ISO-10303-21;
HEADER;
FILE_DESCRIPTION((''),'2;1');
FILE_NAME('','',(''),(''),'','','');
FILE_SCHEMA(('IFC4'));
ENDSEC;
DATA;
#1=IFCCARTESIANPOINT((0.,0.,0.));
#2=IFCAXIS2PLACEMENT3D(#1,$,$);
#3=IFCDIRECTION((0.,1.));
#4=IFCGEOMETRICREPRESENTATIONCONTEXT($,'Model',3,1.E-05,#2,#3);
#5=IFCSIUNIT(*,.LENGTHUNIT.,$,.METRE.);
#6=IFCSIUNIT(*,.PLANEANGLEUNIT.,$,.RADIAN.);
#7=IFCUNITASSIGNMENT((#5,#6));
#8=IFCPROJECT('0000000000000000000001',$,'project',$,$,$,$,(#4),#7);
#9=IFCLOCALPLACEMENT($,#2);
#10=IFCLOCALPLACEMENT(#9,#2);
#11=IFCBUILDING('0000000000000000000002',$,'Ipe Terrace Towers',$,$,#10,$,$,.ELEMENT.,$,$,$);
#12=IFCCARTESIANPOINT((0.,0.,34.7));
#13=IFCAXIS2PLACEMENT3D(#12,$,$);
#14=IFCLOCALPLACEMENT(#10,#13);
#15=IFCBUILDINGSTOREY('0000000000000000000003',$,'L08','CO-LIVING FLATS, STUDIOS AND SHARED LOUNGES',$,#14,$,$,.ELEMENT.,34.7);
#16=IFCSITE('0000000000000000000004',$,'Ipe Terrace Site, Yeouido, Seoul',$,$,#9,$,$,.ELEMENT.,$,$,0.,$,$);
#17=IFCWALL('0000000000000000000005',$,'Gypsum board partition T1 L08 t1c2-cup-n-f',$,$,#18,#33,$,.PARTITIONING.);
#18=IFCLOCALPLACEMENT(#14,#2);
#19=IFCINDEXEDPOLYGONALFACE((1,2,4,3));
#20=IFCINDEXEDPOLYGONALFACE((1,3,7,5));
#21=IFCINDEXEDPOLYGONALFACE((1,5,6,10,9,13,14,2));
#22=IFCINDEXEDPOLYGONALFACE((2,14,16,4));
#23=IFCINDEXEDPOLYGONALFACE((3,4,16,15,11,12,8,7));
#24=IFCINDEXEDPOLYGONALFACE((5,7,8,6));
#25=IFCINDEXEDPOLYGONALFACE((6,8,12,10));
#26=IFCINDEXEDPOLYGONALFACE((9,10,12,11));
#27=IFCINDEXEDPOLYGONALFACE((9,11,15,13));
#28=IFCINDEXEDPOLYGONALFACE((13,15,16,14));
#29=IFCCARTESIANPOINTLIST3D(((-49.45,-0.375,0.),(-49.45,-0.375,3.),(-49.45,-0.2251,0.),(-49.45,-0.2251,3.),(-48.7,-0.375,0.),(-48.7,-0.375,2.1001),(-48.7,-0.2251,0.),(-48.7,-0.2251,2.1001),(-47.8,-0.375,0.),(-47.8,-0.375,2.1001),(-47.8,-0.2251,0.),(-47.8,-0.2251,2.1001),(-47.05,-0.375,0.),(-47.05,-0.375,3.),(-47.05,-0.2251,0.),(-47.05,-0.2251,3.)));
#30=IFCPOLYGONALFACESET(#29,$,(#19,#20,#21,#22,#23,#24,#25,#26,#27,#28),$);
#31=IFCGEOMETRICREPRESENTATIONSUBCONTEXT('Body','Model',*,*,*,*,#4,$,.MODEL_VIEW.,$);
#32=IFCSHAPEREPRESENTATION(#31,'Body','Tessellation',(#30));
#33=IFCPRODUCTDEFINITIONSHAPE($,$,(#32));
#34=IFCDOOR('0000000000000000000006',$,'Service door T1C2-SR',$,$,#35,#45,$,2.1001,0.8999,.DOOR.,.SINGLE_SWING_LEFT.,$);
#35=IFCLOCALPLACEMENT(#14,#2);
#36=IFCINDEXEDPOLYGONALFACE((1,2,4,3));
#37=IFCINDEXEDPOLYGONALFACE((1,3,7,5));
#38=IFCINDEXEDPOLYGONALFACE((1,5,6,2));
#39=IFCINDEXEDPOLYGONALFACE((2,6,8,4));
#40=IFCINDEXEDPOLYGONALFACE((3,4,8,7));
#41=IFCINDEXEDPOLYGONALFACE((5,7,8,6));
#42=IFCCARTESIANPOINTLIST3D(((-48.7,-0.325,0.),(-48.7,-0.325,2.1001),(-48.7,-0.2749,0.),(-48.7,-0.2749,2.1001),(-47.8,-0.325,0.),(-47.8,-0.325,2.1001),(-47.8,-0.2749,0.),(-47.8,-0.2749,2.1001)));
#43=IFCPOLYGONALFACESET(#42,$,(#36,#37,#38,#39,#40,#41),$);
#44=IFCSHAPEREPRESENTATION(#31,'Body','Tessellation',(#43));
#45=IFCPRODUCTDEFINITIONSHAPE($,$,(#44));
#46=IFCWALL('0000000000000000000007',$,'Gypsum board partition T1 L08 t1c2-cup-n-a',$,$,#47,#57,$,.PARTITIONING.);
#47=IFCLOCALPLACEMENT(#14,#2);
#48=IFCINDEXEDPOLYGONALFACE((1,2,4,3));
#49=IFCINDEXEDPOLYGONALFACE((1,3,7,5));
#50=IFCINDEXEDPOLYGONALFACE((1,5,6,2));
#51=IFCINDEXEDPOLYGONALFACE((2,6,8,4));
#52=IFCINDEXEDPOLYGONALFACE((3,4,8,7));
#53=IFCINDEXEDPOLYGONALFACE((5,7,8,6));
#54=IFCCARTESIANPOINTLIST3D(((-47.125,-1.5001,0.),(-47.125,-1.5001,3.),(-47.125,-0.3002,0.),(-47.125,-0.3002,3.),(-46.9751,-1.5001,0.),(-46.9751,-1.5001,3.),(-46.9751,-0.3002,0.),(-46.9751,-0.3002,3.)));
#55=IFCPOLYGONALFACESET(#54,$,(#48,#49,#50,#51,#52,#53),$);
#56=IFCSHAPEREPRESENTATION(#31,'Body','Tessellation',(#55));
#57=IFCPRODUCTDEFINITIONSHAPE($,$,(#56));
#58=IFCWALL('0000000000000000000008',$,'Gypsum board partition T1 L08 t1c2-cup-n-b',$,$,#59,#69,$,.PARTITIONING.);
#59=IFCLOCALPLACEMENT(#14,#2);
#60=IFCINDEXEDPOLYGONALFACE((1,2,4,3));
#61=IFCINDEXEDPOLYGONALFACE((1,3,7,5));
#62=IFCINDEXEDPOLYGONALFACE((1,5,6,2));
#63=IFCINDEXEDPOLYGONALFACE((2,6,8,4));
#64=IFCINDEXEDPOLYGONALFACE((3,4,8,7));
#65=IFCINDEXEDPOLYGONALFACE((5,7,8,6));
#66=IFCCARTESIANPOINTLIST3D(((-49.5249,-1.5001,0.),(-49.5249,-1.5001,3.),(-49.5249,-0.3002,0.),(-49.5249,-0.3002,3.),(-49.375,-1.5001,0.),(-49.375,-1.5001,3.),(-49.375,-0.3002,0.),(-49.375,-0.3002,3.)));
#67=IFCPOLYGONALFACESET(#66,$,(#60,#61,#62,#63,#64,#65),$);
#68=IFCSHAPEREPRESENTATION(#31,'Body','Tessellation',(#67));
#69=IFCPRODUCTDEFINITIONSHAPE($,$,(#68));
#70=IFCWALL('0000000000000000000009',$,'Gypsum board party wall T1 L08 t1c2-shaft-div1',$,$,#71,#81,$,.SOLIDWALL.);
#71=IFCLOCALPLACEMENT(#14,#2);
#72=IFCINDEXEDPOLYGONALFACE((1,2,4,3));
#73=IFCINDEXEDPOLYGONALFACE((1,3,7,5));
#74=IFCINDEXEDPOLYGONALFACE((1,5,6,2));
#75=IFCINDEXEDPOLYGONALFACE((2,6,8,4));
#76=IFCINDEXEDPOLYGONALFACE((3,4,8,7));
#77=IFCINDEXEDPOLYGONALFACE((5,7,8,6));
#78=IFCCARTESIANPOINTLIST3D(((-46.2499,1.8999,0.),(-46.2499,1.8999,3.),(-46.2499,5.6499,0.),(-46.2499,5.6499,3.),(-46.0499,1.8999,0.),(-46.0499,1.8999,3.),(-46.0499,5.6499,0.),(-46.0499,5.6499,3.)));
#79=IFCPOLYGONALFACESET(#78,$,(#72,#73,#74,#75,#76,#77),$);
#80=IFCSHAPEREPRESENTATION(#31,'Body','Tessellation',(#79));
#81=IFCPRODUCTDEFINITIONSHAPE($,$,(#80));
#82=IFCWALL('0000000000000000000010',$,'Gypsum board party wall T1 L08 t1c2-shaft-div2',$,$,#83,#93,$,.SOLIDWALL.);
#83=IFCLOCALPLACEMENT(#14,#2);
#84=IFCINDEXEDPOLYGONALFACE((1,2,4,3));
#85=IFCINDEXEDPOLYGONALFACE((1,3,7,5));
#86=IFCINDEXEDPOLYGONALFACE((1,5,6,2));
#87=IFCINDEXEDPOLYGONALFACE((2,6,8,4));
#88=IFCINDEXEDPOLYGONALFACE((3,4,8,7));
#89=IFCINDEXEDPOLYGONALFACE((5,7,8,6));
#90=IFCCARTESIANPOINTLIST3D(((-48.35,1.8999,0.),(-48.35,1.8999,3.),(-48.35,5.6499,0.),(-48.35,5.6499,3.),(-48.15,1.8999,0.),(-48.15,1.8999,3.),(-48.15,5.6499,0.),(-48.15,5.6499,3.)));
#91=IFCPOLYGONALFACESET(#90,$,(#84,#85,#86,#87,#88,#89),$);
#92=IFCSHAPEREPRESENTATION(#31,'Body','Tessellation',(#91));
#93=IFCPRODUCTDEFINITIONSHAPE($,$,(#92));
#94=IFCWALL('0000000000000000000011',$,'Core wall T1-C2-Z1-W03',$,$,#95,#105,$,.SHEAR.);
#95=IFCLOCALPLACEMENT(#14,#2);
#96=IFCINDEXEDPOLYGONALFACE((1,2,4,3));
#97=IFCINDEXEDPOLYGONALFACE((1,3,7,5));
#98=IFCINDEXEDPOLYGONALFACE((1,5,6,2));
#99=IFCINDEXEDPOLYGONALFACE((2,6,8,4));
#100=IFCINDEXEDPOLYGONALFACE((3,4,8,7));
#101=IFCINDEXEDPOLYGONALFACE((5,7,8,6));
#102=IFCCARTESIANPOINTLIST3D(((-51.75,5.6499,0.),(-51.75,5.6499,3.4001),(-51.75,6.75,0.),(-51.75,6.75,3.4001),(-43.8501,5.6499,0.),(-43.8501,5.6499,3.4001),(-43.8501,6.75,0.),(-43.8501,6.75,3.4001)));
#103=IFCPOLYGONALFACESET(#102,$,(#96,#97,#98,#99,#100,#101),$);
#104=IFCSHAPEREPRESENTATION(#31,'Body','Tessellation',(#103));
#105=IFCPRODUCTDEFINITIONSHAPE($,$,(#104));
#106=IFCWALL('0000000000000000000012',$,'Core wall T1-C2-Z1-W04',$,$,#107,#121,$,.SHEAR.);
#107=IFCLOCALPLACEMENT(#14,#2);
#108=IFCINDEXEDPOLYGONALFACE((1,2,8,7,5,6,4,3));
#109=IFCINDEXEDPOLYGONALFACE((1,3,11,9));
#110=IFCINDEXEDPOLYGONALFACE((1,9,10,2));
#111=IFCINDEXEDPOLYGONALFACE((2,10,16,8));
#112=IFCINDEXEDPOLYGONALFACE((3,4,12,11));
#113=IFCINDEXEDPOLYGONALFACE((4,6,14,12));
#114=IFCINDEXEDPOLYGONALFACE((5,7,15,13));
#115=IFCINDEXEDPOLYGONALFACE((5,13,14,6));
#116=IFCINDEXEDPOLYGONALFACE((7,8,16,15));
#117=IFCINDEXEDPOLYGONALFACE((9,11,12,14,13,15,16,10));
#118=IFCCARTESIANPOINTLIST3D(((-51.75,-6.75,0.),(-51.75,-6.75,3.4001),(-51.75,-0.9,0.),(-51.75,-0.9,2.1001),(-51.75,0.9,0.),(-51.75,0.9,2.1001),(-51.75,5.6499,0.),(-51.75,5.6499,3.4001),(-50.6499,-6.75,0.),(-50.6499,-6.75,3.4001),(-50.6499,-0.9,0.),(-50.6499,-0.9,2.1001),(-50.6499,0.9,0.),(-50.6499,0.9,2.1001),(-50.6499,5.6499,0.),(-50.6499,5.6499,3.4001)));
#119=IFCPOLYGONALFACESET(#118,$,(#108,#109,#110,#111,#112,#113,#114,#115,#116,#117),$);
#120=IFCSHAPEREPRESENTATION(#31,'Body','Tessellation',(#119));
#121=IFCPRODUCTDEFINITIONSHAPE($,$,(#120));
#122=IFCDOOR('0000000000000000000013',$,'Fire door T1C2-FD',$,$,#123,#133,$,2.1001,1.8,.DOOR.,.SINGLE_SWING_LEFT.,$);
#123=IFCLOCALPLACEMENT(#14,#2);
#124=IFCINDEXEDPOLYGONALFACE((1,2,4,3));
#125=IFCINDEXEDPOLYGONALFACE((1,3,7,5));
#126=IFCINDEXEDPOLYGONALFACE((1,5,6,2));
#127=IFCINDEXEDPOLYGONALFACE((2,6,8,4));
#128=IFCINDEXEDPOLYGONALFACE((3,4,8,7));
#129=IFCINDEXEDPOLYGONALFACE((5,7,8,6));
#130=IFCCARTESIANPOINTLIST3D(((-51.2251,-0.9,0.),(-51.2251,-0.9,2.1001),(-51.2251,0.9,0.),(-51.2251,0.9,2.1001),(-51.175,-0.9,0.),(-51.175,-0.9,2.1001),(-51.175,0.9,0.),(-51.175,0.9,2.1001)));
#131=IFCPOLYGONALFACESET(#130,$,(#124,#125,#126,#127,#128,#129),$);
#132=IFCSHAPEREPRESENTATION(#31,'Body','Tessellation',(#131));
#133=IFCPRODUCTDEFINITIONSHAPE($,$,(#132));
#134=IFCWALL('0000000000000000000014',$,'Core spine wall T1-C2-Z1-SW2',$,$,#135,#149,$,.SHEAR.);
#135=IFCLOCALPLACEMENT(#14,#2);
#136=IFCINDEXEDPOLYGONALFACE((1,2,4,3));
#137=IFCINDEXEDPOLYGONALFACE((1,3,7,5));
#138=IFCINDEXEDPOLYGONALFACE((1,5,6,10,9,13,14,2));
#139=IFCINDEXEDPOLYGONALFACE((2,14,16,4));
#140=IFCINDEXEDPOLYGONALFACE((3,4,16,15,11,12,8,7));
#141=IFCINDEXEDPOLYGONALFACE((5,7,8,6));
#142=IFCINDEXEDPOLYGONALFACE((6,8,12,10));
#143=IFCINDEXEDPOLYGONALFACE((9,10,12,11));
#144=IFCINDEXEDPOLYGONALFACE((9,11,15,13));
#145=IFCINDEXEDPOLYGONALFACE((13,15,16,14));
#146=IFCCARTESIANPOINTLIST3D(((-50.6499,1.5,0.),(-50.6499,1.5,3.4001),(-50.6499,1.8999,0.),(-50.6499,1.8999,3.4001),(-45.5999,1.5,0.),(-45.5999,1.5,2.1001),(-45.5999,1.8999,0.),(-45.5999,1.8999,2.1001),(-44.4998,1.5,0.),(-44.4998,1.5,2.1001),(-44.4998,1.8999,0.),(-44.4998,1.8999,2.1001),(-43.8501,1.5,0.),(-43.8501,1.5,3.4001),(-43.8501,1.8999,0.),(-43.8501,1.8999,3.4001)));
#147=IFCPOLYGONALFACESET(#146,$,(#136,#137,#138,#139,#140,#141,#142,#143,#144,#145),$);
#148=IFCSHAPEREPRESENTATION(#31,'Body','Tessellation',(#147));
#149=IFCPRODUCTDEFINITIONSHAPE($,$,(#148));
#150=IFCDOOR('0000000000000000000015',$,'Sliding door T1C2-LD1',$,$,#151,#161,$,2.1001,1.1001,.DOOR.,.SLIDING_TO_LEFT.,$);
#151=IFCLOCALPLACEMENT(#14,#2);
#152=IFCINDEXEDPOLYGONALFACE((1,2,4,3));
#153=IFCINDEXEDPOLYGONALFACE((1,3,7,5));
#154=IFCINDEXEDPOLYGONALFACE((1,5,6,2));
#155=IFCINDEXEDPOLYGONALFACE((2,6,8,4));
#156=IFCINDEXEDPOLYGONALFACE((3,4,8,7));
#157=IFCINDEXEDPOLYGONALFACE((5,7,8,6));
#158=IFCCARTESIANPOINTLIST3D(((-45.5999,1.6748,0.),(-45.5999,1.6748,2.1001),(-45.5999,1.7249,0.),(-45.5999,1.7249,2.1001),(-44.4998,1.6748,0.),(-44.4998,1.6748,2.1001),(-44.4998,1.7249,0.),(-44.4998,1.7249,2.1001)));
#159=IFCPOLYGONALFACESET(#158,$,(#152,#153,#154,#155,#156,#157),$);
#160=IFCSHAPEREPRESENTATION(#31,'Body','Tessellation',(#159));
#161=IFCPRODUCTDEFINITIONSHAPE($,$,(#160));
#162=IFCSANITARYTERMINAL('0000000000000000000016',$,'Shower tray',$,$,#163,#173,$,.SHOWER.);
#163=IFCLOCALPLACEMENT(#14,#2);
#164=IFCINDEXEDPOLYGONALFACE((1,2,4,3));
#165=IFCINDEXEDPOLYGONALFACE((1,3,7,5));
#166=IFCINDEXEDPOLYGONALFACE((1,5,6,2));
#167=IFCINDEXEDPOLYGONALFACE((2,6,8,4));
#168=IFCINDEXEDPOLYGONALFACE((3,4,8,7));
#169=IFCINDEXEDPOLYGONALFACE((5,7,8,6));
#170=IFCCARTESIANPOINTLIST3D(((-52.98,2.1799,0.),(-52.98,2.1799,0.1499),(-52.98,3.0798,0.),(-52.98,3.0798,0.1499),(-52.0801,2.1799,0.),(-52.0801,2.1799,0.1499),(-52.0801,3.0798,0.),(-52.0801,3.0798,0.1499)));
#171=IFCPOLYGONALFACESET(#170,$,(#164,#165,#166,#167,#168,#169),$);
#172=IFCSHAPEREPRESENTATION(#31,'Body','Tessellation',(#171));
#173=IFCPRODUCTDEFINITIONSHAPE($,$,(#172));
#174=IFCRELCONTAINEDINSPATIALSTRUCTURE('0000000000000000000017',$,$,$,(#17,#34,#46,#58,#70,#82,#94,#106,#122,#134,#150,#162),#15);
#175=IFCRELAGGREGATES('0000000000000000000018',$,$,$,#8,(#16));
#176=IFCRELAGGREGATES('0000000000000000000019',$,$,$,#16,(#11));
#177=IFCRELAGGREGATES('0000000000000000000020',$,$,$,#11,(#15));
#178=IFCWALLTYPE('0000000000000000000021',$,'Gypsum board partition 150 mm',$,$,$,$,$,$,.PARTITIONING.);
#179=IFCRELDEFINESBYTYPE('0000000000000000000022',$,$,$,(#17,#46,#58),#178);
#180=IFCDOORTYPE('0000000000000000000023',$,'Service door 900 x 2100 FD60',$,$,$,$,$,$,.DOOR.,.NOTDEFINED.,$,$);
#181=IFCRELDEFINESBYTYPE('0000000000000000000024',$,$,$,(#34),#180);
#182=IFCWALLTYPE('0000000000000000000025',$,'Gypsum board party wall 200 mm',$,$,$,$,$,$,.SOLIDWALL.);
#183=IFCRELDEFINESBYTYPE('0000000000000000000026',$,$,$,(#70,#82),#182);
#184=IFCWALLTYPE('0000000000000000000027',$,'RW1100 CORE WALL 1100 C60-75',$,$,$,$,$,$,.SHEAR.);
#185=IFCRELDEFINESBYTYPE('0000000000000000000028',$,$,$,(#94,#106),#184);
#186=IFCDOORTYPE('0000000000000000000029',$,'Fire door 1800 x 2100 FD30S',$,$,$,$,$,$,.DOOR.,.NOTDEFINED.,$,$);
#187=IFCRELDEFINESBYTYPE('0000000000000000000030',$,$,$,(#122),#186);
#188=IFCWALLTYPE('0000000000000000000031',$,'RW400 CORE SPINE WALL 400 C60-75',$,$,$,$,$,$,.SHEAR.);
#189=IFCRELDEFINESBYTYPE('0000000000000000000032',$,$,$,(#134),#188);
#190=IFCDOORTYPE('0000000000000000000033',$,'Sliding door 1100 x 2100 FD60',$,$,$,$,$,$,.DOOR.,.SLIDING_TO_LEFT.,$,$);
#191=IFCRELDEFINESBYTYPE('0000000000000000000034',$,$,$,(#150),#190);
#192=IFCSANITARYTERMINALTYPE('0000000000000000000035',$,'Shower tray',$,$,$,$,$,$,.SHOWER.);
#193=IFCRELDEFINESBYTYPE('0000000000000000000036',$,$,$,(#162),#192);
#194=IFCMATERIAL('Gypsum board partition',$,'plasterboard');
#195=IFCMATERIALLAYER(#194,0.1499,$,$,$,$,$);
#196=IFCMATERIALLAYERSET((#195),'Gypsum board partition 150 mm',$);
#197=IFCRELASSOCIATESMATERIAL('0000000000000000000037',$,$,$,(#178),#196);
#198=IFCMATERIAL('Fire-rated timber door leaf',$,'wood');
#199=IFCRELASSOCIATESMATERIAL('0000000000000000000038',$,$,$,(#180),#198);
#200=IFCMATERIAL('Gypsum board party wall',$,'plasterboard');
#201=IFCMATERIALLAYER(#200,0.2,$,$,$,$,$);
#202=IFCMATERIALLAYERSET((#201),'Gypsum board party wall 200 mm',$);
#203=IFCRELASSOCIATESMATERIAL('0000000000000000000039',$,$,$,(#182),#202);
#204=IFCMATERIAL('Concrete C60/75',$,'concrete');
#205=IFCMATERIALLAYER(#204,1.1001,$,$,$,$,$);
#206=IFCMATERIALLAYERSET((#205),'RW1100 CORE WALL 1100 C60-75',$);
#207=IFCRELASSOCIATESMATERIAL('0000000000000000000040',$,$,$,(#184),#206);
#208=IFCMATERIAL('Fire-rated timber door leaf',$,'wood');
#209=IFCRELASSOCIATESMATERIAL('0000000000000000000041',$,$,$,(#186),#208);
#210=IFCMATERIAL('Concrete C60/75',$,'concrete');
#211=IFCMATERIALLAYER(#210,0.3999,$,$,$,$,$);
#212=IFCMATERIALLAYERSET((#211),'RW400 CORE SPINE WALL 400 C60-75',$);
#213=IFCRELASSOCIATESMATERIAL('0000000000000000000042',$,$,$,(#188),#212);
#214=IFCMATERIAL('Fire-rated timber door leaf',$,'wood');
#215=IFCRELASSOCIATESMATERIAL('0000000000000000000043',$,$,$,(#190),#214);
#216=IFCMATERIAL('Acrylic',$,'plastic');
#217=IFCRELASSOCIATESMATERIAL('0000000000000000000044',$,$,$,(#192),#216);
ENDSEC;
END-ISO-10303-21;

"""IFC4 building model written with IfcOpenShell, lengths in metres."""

from ifc_helpers import new_model, si_unit, direction, frame, frame_2d, origin, origin_2d, place, context, subcontext, project, spatial, rectangle, extrude, material, layer, layer_set, type_object, element, fill, save


model = new_model("IFC4")

# Units and contexts
model_context = context("Model", 3, precision=1e-05, world=origin(), true_north=direction((0.0, 1.0)))
body_context = subcontext(model_context, "Body", "Model", "MODEL_VIEW")
ifc_project = project(units=[si_unit("LENGTHUNIT", "METRE"), si_unit("PLANEANGLEUNIT", "RADIAN")], contexts=[model_context])

# Site, building, storey
site_placement = place(None, origin())
site = spatial("IfcSite", under=ifc_project, at=site_placement, Name="Ipe Terrace Site, Yeouido, Seoul", CompositionType="ELEMENT", RefElevation=0.0)
building_placement = place(site_placement, origin())
building = spatial("IfcBuilding", under=site, at=building_placement, Name="Ipe Terrace Towers", CompositionType="ELEMENT")
storey_placement = place(building_placement, frame((0.0, 0.0, 34.7)))
storey = spatial("IfcBuildingStorey", under=building, at=storey_placement, Name="L08", Description="CO-LIVING FLATS, STUDIOS AND SHARED LOUNGES", CompositionType="ELEMENT", Elevation=34.7)

# Wall, opening, door
ifc_material_1 = material(Name="Gypsum board partition", Category="plasterboard")
ifc_layer_1 = layer(ifc_material_1, 0.1499)
ifc_layer_set_1 = layer_set([ifc_layer_1], Name="Gypsum board partition 150 mm")
wall_type_1 = type_object("IfcWallType", Name="Gypsum board partition 150 mm", PredefinedType="PARTITIONING", material=ifc_layer_set_1)
wall_1_placement = place(storey_placement, frame((-47.05, -0.3, 0.0), z_axis=(0.0, 0.0, 1.0), x_axis=(-1.0, 0.0, 0.0)))
wall_1 = element("IfcWall", 1, at=wall_1_placement, inside=storey, type_object=wall_type_1, Name="Gypsum board partition T1 L08 t1c2-cup-n-f", PredefinedType="PARTITIONING", context=body_context, shape_type="SweptSolid", body=[
    extrude(rectangle(XDim=2.3999, YDim=0.1499, at=frame_2d((1.2, 0.0))), origin(), (0.0, 0.0, 1.0), 3.0),
])
opening_1_placement = place(wall_1_placement, frame((0.75, 0.0, 0.0)))
opening_1 = element("IfcOpeningElement", 2, at=opening_1_placement, cuts=wall_1, PredefinedType="OPENING", context=body_context, shape_type="SweptSolid", body=[
    extrude(rectangle(XDim=0.8999, YDim=2.1001, at=frame_2d((0.45, 1.05))), frame((0.0, 0.085, 0.0), z_axis=(0.0, -1.0, 0.0), x_axis=(1.0, 0.0, 0.0)), (0.0, 0.0, 1.0), 0.1699),
])
ifc_material_2 = material(Name="Fire-rated timber door leaf", Category="wood")
door_type_1 = type_object("IfcDoorType", Name="Service door 900 x 2100 FD60", OperationType="NOTDEFINED", PredefinedType="DOOR", material=ifc_material_2)
door_1_placement = place(opening_1_placement, origin())
door_1 = element("IfcDoor", 3, at=door_1_placement, inside=storey, type_object=door_type_1, Name="Service door T1C2-SR", OperationType="SINGLE_SWING_LEFT", OverallHeight=2.1001, OverallWidth=0.8999, PredefinedType="DOOR", context=body_context, shape_type="SweptSolid", body=[
    extrude(rectangle(XDim=0.8999, YDim=2.1001, at=frame_2d((0.45, 1.05))), frame((0.0, 0.0249, 0.0), z_axis=(0.0, -1.0, 0.0), x_axis=(1.0, 0.0, 0.0)), (0.0, 0.0, 1.0), 0.05),
])
fill(opening_1, door_1)

# Walls
for number, where, z_axis, x_axis, name in (
    (4, (-47.05, -0.3, 0.0), (0.0, 0.0, 1.0), (0.0, -1.0, 0.0), "Gypsum board partition T1 L08 t1c2-cup-n-a"),
    (5, (-49.45, -0.3, 0.0), (0.0, 0.0, 1.0), (0.0, -1.0, 0.0), "Gypsum board partition T1 L08 t1c2-cup-n-b"),
):
    element("IfcWall", number, at=place(storey_placement, frame(where, z_axis=z_axis, x_axis=x_axis)), inside=storey, type_object=wall_type_1, Name=name, PredefinedType="PARTITIONING", context=body_context, shape_type="SweptSolid", body=[
        extrude(rectangle(XDim=1.2, YDim=0.1499, at=frame_2d((0.6001, 0.0))), origin(), (0.0, 0.0, 1.0), 3.0),
    ])
ifc_material_3 = material(Name="Gypsum board party wall", Category="plasterboard")
ifc_layer_2 = layer(ifc_material_3, 0.2)
ifc_layer_set_2 = layer_set([ifc_layer_2], Name="Gypsum board party wall 200 mm")
wall_type_2 = type_object("IfcWallType", Name="Gypsum board party wall 200 mm", PredefinedType="SOLIDWALL", material=ifc_layer_set_2)
for number, where, z_axis, x_axis, name in (
    (6, (-46.1499, 5.6499, 0.0), (0.0, 0.0, 1.0), (0.0, -1.0, 0.0), "Gypsum board party wall T1 L08 t1c2-shaft-div1"),
    (7, (-48.25, 5.6499, 0.0), (0.0, 0.0, 1.0), (0.0, -1.0, 0.0), "Gypsum board party wall T1 L08 t1c2-shaft-div2"),
):
    element("IfcWall", number, at=place(storey_placement, frame(where, z_axis=z_axis, x_axis=x_axis)), inside=storey, type_object=wall_type_2, Name=name, PredefinedType="SOLIDWALL", context=body_context, shape_type="SweptSolid", body=[
        extrude(rectangle(XDim=3.75, YDim=0.2, at=frame_2d((1.875, 0.0))), origin(), (0.0, 0.0, 1.0), 3.0),
    ])
ifc_material_4 = material(Name="Concrete C60/75", Category="concrete")
ifc_layer_3 = layer(ifc_material_4, 1.1001)
ifc_layer_set_3 = layer_set([ifc_layer_3], Name="RW1100 CORE WALL 1100 C60-75")
wall_type_3 = type_object("IfcWallType", Name="RW1100 CORE WALL 1100 C60-75", PredefinedType="SHEAR", material=ifc_layer_set_3)
wall_2_placement = place(storey_placement, frame((-43.8501, 6.2, 0.0), z_axis=(0.0, 0.0, 1.0), x_axis=(-1.0, 0.0, 0.0)))
element("IfcWall", 8, at=wall_2_placement, inside=storey, type_object=wall_type_3, Name="Core wall T1-C2-Z1-W03", PredefinedType="SHEAR", context=body_context, shape_type="SweptSolid", body=[
    extrude(rectangle(XDim=7.8999, YDim=1.1001, at=frame_2d((3.95, 0.0))), origin(), (0.0, 0.0, 1.0), 3.4001),
])

# Walls, openings, doors
wall_3_placement = place(storey_placement, frame((-51.2, 5.6499, 0.0), z_axis=(0.0, 0.0, 1.0), x_axis=(0.0, -1.0, 0.0)))
wall_3 = element("IfcWall", 9, at=wall_3_placement, inside=storey, type_object=wall_type_3, Name="Core wall T1-C2-Z1-W04", PredefinedType="SHEAR", context=body_context, shape_type="SweptSolid", body=[
    extrude(rectangle(XDim=12.3999, YDim=1.1001, at=frame_2d((6.2, 0.0))), origin(), (0.0, 0.0, 1.0), 3.4001),
])
opening_2_placement = place(wall_3_placement, frame((4.75, 0.0, 0.0)))
opening_2 = element("IfcOpeningElement", 10, at=opening_2_placement, cuts=wall_3, PredefinedType="OPENING", context=body_context, shape_type="SweptSolid", body=[
    extrude(rectangle(XDim=1.8, YDim=2.1001, at=frame_2d((0.8999, 1.05))), frame((0.0, 0.5601, 0.0), z_axis=(0.0, -1.0, 0.0), x_axis=(1.0, 0.0, 0.0)), (0.0, 0.0, 1.0), 1.1201),
])
ifc_material_5 = material(Name="Fire-rated timber door leaf", Category="wood")
door_type_2 = type_object("IfcDoorType", Name="Fire door 1800 x 2100 FD30S", OperationType="NOTDEFINED", PredefinedType="DOOR", material=ifc_material_5)
door_2_placement = place(opening_2_placement, origin())
door_2 = element("IfcDoor", 11, at=door_2_placement, inside=storey, type_object=door_type_2, Name="Fire door T1C2-FD", OperationType="SINGLE_SWING_LEFT", OverallHeight=2.1001, OverallWidth=1.8, PredefinedType="DOOR", context=body_context, shape_type="SweptSolid", body=[
    extrude(rectangle(XDim=1.8, YDim=2.1001, at=frame_2d((0.8999, 1.05))), frame((0.0, 0.0249, 0.0), z_axis=(0.0, -1.0, 0.0), x_axis=(1.0, 0.0, 0.0)), (0.0, 0.0, 1.0), 0.05),
])
fill(opening_2, door_2)
ifc_material_6 = material(Name="Concrete C60/75", Category="concrete")
ifc_layer_4 = layer(ifc_material_6, 0.3999)
ifc_layer_set_4 = layer_set([ifc_layer_4], Name="RW400 CORE SPINE WALL 400 C60-75")
wall_type_4 = type_object("IfcWallType", Name="RW400 CORE SPINE WALL 400 C60-75", PredefinedType="SHEAR", material=ifc_layer_set_4)
wall_4_placement = place(storey_placement, frame((-50.6499, 1.7, 0.0), z_axis=(0.0, 0.0, 1.0), x_axis=(1.0, 0.0, 0.0)))
wall_4 = element("IfcWall", 12, at=wall_4_placement, inside=storey, type_object=wall_type_4, Name="Core spine wall T1-C2-Z1-SW2", PredefinedType="SHEAR", context=body_context, shape_type="SweptSolid", body=[
    extrude(rectangle(XDim=6.7998, YDim=0.3999, at=frame_2d((3.3999, 0.0))), origin(), (0.0, 0.0, 1.0), 3.4001),
])
opening_3_placement = place(wall_4_placement, frame((5.05, 0.0, 0.0)))
opening_3 = element("IfcOpeningElement", 13, at=opening_3_placement, cuts=wall_4, PredefinedType="OPENING", context=body_context, shape_type="SweptSolid", body=[
    extrude(rectangle(XDim=1.1001, YDim=2.1001, at=frame_2d((0.55, 1.05))), frame((0.0, 0.21, 0.0), z_axis=(0.0, -1.0, 0.0), x_axis=(1.0, 0.0, 0.0)), (0.0, 0.0, 1.0), 0.4199),
])
ifc_material_7 = material(Name="Fire-rated timber door leaf", Category="wood")
door_type_3 = type_object("IfcDoorType", Name="Sliding door 1100 x 2100 FD60", OperationType="SLIDING_TO_LEFT", PredefinedType="DOOR", material=ifc_material_7)
door_3_placement = place(opening_3_placement, origin())
door_3 = element("IfcDoor", 14, at=door_3_placement, inside=storey, type_object=door_type_3, Name="Sliding door T1C2-LD1", OperationType="SLIDING_TO_LEFT", OverallHeight=2.1001, OverallWidth=1.1001, PredefinedType="DOOR", context=body_context, shape_type="SweptSolid", body=[
    extrude(rectangle(XDim=1.1001, YDim=2.1001, at=frame_2d((0.55, 1.05))), frame((0.0, 0.0249, 0.0), z_axis=(0.0, -1.0, 0.0), x_axis=(1.0, 0.0, 0.0)), (0.0, 0.0, 1.0), 0.05),
])
fill(opening_3, door_3)

# Sanitary terminal
ifc_material_8 = material(Name="Acrylic", Category="plastic")
sanitary_terminal_type_1 = type_object("IfcSanitaryTerminalType", Name="Shower tray", PredefinedType="SHOWER", material=ifc_material_8)
sanitary_terminal_1_placement = place(storey_placement, frame((-52.53, 2.6299, 0.0), z_axis=(0.0, 0.0, 1.0), x_axis=(0.0, -1.0, 0.0)))
element("IfcSanitaryTerminal", 15, at=sanitary_terminal_1_placement, inside=storey, type_object=sanitary_terminal_type_1, Name="Shower tray", PredefinedType="SHOWER", context=body_context, shape_type="SweptSolid", body=[
    extrude(rectangle(XDim=0.8999, YDim=0.8999, at=origin_2d()), origin(), (0.0, 0.0, 1.0), 0.1499),
])

save(model, "model.ifc")
